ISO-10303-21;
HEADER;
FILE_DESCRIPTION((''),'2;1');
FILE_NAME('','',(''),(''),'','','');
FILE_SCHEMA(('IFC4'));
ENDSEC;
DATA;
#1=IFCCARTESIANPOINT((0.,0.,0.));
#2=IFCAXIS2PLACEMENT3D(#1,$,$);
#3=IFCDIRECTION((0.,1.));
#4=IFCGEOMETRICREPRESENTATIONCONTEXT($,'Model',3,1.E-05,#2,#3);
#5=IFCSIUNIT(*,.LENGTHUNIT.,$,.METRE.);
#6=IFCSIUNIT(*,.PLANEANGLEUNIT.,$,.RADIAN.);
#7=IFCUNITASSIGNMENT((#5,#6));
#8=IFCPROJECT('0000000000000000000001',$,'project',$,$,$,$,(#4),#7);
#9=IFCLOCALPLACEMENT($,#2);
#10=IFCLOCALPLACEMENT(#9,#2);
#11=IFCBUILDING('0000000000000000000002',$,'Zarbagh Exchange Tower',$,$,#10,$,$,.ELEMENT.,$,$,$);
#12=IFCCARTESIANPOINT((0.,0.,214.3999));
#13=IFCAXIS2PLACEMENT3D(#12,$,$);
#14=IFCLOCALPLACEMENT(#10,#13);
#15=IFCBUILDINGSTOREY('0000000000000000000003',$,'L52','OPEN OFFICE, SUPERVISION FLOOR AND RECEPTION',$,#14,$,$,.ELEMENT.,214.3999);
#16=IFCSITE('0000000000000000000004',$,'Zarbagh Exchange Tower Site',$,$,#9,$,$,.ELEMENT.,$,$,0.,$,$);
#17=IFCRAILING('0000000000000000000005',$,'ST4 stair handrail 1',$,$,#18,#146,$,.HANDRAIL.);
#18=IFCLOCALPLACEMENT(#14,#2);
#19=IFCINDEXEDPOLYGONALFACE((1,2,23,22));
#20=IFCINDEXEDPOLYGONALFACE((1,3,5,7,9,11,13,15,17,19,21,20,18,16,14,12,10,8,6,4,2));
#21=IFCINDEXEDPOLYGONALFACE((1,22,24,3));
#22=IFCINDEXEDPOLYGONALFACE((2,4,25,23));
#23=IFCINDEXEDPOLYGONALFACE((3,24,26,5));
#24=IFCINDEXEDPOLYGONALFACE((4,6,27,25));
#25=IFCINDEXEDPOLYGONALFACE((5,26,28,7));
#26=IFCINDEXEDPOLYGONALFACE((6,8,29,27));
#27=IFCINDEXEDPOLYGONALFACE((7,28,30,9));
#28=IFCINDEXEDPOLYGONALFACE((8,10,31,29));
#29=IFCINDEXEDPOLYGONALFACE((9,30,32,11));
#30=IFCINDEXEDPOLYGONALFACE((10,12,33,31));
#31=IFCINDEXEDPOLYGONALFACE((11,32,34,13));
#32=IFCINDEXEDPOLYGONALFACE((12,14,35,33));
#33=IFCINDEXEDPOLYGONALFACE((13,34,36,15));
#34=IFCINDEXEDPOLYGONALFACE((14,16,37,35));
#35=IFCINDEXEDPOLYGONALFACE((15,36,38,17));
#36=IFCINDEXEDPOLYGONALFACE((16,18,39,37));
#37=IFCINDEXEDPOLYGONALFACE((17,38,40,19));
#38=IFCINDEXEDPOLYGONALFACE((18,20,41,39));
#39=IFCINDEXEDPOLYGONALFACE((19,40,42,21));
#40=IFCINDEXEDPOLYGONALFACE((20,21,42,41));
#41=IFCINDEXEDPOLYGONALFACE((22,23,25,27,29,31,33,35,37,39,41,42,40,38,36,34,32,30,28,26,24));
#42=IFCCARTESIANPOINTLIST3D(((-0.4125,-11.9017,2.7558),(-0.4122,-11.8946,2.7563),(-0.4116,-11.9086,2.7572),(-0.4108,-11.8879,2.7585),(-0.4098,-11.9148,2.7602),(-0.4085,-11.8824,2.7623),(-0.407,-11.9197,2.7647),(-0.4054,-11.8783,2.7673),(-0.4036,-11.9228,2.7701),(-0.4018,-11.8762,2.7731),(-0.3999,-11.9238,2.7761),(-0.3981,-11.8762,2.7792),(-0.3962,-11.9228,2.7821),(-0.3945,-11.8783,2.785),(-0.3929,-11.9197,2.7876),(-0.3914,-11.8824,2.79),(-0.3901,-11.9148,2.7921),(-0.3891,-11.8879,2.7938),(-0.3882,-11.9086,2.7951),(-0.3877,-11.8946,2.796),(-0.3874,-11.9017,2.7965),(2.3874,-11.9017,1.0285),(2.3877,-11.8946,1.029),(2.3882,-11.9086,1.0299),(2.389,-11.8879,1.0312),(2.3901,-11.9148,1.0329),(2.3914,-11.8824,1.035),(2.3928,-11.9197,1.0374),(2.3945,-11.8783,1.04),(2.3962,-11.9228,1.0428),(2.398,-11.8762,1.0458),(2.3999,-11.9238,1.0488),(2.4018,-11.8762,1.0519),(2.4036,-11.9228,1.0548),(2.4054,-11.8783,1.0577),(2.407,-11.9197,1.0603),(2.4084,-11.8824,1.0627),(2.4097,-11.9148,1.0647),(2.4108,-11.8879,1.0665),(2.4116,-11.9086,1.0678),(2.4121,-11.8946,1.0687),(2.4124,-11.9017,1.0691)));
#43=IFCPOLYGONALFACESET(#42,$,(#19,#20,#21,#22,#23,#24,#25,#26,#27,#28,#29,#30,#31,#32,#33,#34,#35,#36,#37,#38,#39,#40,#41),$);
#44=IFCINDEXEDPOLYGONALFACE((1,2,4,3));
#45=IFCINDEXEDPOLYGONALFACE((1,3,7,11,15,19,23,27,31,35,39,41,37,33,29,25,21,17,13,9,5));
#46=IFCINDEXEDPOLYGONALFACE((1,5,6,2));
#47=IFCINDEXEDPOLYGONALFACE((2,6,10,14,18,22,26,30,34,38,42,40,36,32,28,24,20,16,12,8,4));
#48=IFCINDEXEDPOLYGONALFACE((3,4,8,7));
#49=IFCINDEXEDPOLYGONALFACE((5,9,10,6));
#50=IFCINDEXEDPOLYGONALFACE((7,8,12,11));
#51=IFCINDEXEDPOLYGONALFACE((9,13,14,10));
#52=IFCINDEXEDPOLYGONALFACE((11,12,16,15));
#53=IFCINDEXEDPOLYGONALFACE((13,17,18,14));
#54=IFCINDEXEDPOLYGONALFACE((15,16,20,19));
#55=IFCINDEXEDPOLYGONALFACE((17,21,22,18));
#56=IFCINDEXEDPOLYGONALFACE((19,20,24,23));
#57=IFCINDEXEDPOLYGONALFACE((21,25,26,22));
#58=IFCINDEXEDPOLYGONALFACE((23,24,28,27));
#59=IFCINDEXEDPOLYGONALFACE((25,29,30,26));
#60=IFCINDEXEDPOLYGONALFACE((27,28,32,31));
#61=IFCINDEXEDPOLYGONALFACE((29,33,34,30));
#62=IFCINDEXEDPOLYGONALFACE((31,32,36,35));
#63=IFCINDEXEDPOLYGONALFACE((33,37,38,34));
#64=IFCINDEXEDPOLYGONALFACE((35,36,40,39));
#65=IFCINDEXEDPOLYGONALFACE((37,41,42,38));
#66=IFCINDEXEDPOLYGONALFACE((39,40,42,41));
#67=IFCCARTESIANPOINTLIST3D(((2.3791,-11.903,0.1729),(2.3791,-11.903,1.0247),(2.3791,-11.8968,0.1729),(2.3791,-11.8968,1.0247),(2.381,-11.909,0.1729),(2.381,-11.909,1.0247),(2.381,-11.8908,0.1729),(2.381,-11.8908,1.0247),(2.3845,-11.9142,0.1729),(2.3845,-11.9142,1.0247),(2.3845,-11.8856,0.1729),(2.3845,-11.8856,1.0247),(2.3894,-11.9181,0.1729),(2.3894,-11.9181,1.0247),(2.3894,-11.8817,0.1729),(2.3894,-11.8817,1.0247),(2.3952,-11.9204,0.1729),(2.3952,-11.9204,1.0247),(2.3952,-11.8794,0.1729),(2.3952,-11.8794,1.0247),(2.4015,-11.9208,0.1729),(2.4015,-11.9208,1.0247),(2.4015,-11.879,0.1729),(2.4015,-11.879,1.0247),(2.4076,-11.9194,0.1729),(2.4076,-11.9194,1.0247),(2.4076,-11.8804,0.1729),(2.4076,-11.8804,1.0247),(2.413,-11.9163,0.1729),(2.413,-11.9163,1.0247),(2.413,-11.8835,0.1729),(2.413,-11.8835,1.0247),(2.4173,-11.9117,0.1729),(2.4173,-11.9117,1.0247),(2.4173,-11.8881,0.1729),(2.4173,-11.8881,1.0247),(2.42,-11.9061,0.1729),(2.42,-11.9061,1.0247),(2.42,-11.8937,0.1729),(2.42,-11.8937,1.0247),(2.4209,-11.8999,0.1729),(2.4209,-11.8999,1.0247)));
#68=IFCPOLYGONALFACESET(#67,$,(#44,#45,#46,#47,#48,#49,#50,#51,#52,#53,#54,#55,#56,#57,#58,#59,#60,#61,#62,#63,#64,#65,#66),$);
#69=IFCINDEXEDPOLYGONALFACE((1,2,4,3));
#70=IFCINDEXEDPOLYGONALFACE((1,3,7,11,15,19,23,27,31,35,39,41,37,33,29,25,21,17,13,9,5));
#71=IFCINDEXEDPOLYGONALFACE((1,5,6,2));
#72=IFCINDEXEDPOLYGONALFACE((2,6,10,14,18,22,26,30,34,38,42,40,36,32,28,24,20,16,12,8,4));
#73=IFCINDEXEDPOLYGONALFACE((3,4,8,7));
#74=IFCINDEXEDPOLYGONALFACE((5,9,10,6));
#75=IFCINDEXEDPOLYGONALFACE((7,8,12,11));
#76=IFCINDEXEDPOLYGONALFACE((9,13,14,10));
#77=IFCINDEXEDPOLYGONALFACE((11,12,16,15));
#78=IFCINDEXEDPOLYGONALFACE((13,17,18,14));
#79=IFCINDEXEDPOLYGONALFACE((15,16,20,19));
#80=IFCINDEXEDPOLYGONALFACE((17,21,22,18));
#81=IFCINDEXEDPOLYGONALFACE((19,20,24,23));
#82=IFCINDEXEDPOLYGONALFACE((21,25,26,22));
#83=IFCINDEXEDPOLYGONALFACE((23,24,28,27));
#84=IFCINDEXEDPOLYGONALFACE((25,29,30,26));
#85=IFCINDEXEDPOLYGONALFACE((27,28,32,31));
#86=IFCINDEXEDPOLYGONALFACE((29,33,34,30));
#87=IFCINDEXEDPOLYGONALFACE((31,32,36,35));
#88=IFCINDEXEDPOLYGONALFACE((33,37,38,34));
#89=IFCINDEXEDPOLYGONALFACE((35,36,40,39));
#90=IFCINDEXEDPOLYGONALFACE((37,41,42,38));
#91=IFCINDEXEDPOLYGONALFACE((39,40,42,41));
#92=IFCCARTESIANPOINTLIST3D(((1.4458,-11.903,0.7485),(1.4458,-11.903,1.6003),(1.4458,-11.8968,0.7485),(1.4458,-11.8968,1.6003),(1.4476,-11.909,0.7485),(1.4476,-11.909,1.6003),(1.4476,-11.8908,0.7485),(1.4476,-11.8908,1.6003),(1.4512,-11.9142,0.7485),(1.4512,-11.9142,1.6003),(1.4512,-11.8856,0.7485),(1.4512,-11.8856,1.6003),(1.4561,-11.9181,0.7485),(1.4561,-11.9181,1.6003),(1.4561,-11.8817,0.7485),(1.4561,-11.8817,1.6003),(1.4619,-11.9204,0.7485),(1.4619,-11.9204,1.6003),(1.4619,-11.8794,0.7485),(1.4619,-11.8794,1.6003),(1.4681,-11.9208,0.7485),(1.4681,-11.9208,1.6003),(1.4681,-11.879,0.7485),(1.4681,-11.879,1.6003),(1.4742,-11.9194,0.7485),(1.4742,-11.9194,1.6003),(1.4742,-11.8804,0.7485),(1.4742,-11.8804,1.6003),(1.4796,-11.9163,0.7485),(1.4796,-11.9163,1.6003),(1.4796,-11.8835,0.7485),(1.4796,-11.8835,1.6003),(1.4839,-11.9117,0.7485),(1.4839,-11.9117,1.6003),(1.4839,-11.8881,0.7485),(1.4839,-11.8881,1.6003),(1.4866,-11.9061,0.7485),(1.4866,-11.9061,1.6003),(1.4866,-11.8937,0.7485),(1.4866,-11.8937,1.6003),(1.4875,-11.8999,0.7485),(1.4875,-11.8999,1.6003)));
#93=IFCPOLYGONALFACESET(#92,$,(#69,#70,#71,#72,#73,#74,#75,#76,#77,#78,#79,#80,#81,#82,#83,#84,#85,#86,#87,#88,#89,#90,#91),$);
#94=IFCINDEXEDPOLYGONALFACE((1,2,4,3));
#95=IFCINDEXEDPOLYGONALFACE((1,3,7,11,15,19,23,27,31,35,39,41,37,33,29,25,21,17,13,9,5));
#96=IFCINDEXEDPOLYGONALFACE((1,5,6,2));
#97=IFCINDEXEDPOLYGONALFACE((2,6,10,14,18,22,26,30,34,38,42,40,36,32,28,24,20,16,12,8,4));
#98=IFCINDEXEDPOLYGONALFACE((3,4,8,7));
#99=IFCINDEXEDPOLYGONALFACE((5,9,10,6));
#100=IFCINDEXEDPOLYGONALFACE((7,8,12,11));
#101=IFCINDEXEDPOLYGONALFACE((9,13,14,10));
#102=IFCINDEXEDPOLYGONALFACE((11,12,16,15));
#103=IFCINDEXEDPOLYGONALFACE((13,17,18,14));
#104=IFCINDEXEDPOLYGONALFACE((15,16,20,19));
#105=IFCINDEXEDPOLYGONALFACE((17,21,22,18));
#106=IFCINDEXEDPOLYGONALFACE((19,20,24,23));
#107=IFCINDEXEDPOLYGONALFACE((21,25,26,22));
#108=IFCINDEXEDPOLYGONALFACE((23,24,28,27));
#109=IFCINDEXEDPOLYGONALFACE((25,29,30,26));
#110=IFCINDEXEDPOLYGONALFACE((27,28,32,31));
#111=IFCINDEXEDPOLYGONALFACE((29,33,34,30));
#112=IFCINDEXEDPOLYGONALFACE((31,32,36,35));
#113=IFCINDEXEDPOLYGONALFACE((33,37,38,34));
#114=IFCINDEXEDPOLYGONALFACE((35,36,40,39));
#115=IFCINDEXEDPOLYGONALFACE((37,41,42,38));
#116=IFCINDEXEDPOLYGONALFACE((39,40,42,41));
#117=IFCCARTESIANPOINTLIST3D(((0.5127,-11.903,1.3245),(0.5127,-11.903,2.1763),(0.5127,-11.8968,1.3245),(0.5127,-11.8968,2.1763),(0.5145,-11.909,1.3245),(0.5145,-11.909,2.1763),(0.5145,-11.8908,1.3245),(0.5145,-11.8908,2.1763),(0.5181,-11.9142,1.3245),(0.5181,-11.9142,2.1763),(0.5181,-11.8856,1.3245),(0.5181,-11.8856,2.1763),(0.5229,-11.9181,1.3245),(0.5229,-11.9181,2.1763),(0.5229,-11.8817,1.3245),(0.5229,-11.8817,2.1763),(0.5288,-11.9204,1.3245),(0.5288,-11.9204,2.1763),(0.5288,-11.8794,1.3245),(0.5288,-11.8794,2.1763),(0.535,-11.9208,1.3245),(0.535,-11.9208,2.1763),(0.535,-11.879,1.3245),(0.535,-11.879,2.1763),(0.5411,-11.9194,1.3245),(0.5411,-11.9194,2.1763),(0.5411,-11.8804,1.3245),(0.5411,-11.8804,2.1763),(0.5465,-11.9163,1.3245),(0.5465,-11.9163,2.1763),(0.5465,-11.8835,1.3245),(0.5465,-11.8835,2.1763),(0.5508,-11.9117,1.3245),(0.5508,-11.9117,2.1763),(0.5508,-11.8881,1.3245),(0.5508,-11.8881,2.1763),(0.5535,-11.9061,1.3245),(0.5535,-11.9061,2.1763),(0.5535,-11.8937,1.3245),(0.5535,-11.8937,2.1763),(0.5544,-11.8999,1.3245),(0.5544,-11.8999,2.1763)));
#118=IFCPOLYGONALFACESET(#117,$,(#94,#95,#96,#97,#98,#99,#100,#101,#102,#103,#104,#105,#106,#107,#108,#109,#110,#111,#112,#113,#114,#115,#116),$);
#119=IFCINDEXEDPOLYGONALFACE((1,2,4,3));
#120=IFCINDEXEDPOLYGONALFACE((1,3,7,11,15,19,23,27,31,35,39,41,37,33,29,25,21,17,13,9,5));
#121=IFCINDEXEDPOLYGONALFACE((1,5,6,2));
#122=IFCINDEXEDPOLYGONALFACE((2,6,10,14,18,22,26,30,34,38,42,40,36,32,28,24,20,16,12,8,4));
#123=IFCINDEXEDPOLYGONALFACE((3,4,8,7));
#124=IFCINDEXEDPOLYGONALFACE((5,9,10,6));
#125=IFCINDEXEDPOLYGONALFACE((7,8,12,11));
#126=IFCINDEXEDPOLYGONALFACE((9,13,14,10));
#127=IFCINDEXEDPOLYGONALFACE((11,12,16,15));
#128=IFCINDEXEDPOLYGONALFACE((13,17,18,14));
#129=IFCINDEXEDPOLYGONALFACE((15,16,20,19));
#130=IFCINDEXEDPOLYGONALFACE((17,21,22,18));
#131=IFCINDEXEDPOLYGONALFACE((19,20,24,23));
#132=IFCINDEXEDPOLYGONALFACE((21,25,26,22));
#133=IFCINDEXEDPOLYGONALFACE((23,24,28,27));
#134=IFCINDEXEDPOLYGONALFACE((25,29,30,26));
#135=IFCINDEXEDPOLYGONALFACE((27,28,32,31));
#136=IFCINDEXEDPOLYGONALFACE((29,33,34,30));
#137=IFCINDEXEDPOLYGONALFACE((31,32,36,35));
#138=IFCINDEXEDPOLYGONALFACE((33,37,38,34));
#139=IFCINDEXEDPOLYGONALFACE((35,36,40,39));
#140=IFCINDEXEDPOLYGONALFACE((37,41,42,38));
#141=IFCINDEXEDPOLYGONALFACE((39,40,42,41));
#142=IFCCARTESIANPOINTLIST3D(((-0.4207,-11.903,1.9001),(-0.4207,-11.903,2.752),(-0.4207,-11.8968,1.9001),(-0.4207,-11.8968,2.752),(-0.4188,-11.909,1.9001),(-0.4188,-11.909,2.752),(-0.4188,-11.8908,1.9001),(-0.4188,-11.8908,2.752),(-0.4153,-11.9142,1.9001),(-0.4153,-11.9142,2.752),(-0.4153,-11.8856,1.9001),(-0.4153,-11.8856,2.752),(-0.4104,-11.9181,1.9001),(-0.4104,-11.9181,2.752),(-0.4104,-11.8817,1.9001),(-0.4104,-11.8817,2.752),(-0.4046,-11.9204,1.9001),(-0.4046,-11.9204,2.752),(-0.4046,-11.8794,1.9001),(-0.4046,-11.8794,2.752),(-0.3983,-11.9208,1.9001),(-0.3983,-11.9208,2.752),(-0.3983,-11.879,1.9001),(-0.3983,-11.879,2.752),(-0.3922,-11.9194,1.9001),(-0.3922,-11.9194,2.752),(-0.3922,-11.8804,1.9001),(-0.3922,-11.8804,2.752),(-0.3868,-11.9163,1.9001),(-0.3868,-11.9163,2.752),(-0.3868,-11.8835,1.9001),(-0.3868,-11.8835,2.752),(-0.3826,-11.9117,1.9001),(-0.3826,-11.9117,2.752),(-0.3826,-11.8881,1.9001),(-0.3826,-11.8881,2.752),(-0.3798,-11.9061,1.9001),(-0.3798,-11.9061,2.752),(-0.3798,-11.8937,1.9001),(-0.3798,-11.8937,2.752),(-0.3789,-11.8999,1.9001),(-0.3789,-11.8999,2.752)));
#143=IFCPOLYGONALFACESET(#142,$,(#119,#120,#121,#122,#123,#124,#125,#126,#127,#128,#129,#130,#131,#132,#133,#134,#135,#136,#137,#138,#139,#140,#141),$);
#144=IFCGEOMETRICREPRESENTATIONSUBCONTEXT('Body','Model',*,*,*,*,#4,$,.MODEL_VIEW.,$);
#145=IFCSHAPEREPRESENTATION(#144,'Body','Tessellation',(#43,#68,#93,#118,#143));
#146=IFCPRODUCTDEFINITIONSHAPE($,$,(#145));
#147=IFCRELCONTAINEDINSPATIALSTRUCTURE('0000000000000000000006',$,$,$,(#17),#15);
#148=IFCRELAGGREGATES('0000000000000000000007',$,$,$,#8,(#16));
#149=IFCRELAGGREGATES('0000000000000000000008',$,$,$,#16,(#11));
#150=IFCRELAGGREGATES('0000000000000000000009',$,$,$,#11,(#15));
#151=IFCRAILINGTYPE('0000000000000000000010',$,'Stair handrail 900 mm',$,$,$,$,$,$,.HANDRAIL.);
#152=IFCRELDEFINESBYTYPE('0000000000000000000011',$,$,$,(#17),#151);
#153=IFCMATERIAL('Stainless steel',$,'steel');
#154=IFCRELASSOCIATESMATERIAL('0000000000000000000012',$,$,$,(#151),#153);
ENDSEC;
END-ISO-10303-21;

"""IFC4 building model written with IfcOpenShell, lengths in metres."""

from ifc_helpers import new_model, si_unit, direction, frame, origin, origin_2d, place, context, subcontext, project, spatial, circle, extrude, material, type_object, element, save


model = new_model("IFC4")

# Units and contexts
model_context = context("Model", 3, precision=1e-05, world=origin(), true_north=direction((0.0, 1.0)))
body_context = subcontext(model_context, "Body", "Model", "MODEL_VIEW")
ifc_project = project(units=[si_unit("LENGTHUNIT", "METRE"), si_unit("PLANEANGLEUNIT", "RADIAN")], contexts=[model_context])

# Site, building, storey
site_placement = place(None, origin())
site = spatial("IfcSite", under=ifc_project, at=site_placement, Name="Zarbagh Exchange Tower Site", CompositionType="ELEMENT", RefElevation=0.0)
building_placement = place(site_placement, origin())
building = spatial("IfcBuilding", under=site, at=building_placement, Name="Zarbagh Exchange Tower", CompositionType="ELEMENT")
storey_placement = place(building_placement, frame((0.0, 0.0, 214.3999)))
storey = spatial("IfcBuildingStorey", under=building, at=storey_placement, Name="L52", Description="OPEN OFFICE, SUPERVISION FLOOR AND RECEPTION", CompositionType="ELEMENT", Elevation=214.3999)

# Railing
ifc_material_1 = material(Name="Stainless steel", Category="steel")
railing_type_1 = type_object("IfcRailingType", Name="Stair handrail 900 mm", PredefinedType="HANDRAIL", material=ifc_material_1)
railing_1_placement = place(storey_placement, frame((2.3999, -11.8999, 0.1729)))
element("IfcRailing", 1, at=railing_1_placement, inside=storey, type_object=railing_type_1, Name="ST4 stair handrail 1", PredefinedType="HANDRAIL", context=body_context, shape_type="SweptSolid", body=[
    extrude(circle(Radius=0.0239, at=origin_2d()), frame((0.0, 0.0, 0.876), z_axis=(-0.851069, 0.0, 0.525054), x_axis=(0.0, -1.0, 0.0)), (0.0, 0.0, 1.0), 3.2898),
    extrude(circle(Radius=0.021, at=origin_2d()), origin(), (0.0, 0.0, 1.0), 0.8518),
    extrude(circle(Radius=0.021, at=origin_2d()), frame((-0.9333, 0.0, 0.5757)), (0.0, 0.0, 1.0), 0.8518),
    extrude(circle(Radius=0.021, at=origin_2d()), frame((-1.8665, 0.0, 1.1516)), (0.0, 0.0, 1.0), 0.8518),
    extrude(circle(Radius=0.021, at=origin_2d()), frame((-2.7998, 0.0, 1.7273)), (0.0, 0.0, 1.0), 0.8518),
])

save(model, "model.ifc")
